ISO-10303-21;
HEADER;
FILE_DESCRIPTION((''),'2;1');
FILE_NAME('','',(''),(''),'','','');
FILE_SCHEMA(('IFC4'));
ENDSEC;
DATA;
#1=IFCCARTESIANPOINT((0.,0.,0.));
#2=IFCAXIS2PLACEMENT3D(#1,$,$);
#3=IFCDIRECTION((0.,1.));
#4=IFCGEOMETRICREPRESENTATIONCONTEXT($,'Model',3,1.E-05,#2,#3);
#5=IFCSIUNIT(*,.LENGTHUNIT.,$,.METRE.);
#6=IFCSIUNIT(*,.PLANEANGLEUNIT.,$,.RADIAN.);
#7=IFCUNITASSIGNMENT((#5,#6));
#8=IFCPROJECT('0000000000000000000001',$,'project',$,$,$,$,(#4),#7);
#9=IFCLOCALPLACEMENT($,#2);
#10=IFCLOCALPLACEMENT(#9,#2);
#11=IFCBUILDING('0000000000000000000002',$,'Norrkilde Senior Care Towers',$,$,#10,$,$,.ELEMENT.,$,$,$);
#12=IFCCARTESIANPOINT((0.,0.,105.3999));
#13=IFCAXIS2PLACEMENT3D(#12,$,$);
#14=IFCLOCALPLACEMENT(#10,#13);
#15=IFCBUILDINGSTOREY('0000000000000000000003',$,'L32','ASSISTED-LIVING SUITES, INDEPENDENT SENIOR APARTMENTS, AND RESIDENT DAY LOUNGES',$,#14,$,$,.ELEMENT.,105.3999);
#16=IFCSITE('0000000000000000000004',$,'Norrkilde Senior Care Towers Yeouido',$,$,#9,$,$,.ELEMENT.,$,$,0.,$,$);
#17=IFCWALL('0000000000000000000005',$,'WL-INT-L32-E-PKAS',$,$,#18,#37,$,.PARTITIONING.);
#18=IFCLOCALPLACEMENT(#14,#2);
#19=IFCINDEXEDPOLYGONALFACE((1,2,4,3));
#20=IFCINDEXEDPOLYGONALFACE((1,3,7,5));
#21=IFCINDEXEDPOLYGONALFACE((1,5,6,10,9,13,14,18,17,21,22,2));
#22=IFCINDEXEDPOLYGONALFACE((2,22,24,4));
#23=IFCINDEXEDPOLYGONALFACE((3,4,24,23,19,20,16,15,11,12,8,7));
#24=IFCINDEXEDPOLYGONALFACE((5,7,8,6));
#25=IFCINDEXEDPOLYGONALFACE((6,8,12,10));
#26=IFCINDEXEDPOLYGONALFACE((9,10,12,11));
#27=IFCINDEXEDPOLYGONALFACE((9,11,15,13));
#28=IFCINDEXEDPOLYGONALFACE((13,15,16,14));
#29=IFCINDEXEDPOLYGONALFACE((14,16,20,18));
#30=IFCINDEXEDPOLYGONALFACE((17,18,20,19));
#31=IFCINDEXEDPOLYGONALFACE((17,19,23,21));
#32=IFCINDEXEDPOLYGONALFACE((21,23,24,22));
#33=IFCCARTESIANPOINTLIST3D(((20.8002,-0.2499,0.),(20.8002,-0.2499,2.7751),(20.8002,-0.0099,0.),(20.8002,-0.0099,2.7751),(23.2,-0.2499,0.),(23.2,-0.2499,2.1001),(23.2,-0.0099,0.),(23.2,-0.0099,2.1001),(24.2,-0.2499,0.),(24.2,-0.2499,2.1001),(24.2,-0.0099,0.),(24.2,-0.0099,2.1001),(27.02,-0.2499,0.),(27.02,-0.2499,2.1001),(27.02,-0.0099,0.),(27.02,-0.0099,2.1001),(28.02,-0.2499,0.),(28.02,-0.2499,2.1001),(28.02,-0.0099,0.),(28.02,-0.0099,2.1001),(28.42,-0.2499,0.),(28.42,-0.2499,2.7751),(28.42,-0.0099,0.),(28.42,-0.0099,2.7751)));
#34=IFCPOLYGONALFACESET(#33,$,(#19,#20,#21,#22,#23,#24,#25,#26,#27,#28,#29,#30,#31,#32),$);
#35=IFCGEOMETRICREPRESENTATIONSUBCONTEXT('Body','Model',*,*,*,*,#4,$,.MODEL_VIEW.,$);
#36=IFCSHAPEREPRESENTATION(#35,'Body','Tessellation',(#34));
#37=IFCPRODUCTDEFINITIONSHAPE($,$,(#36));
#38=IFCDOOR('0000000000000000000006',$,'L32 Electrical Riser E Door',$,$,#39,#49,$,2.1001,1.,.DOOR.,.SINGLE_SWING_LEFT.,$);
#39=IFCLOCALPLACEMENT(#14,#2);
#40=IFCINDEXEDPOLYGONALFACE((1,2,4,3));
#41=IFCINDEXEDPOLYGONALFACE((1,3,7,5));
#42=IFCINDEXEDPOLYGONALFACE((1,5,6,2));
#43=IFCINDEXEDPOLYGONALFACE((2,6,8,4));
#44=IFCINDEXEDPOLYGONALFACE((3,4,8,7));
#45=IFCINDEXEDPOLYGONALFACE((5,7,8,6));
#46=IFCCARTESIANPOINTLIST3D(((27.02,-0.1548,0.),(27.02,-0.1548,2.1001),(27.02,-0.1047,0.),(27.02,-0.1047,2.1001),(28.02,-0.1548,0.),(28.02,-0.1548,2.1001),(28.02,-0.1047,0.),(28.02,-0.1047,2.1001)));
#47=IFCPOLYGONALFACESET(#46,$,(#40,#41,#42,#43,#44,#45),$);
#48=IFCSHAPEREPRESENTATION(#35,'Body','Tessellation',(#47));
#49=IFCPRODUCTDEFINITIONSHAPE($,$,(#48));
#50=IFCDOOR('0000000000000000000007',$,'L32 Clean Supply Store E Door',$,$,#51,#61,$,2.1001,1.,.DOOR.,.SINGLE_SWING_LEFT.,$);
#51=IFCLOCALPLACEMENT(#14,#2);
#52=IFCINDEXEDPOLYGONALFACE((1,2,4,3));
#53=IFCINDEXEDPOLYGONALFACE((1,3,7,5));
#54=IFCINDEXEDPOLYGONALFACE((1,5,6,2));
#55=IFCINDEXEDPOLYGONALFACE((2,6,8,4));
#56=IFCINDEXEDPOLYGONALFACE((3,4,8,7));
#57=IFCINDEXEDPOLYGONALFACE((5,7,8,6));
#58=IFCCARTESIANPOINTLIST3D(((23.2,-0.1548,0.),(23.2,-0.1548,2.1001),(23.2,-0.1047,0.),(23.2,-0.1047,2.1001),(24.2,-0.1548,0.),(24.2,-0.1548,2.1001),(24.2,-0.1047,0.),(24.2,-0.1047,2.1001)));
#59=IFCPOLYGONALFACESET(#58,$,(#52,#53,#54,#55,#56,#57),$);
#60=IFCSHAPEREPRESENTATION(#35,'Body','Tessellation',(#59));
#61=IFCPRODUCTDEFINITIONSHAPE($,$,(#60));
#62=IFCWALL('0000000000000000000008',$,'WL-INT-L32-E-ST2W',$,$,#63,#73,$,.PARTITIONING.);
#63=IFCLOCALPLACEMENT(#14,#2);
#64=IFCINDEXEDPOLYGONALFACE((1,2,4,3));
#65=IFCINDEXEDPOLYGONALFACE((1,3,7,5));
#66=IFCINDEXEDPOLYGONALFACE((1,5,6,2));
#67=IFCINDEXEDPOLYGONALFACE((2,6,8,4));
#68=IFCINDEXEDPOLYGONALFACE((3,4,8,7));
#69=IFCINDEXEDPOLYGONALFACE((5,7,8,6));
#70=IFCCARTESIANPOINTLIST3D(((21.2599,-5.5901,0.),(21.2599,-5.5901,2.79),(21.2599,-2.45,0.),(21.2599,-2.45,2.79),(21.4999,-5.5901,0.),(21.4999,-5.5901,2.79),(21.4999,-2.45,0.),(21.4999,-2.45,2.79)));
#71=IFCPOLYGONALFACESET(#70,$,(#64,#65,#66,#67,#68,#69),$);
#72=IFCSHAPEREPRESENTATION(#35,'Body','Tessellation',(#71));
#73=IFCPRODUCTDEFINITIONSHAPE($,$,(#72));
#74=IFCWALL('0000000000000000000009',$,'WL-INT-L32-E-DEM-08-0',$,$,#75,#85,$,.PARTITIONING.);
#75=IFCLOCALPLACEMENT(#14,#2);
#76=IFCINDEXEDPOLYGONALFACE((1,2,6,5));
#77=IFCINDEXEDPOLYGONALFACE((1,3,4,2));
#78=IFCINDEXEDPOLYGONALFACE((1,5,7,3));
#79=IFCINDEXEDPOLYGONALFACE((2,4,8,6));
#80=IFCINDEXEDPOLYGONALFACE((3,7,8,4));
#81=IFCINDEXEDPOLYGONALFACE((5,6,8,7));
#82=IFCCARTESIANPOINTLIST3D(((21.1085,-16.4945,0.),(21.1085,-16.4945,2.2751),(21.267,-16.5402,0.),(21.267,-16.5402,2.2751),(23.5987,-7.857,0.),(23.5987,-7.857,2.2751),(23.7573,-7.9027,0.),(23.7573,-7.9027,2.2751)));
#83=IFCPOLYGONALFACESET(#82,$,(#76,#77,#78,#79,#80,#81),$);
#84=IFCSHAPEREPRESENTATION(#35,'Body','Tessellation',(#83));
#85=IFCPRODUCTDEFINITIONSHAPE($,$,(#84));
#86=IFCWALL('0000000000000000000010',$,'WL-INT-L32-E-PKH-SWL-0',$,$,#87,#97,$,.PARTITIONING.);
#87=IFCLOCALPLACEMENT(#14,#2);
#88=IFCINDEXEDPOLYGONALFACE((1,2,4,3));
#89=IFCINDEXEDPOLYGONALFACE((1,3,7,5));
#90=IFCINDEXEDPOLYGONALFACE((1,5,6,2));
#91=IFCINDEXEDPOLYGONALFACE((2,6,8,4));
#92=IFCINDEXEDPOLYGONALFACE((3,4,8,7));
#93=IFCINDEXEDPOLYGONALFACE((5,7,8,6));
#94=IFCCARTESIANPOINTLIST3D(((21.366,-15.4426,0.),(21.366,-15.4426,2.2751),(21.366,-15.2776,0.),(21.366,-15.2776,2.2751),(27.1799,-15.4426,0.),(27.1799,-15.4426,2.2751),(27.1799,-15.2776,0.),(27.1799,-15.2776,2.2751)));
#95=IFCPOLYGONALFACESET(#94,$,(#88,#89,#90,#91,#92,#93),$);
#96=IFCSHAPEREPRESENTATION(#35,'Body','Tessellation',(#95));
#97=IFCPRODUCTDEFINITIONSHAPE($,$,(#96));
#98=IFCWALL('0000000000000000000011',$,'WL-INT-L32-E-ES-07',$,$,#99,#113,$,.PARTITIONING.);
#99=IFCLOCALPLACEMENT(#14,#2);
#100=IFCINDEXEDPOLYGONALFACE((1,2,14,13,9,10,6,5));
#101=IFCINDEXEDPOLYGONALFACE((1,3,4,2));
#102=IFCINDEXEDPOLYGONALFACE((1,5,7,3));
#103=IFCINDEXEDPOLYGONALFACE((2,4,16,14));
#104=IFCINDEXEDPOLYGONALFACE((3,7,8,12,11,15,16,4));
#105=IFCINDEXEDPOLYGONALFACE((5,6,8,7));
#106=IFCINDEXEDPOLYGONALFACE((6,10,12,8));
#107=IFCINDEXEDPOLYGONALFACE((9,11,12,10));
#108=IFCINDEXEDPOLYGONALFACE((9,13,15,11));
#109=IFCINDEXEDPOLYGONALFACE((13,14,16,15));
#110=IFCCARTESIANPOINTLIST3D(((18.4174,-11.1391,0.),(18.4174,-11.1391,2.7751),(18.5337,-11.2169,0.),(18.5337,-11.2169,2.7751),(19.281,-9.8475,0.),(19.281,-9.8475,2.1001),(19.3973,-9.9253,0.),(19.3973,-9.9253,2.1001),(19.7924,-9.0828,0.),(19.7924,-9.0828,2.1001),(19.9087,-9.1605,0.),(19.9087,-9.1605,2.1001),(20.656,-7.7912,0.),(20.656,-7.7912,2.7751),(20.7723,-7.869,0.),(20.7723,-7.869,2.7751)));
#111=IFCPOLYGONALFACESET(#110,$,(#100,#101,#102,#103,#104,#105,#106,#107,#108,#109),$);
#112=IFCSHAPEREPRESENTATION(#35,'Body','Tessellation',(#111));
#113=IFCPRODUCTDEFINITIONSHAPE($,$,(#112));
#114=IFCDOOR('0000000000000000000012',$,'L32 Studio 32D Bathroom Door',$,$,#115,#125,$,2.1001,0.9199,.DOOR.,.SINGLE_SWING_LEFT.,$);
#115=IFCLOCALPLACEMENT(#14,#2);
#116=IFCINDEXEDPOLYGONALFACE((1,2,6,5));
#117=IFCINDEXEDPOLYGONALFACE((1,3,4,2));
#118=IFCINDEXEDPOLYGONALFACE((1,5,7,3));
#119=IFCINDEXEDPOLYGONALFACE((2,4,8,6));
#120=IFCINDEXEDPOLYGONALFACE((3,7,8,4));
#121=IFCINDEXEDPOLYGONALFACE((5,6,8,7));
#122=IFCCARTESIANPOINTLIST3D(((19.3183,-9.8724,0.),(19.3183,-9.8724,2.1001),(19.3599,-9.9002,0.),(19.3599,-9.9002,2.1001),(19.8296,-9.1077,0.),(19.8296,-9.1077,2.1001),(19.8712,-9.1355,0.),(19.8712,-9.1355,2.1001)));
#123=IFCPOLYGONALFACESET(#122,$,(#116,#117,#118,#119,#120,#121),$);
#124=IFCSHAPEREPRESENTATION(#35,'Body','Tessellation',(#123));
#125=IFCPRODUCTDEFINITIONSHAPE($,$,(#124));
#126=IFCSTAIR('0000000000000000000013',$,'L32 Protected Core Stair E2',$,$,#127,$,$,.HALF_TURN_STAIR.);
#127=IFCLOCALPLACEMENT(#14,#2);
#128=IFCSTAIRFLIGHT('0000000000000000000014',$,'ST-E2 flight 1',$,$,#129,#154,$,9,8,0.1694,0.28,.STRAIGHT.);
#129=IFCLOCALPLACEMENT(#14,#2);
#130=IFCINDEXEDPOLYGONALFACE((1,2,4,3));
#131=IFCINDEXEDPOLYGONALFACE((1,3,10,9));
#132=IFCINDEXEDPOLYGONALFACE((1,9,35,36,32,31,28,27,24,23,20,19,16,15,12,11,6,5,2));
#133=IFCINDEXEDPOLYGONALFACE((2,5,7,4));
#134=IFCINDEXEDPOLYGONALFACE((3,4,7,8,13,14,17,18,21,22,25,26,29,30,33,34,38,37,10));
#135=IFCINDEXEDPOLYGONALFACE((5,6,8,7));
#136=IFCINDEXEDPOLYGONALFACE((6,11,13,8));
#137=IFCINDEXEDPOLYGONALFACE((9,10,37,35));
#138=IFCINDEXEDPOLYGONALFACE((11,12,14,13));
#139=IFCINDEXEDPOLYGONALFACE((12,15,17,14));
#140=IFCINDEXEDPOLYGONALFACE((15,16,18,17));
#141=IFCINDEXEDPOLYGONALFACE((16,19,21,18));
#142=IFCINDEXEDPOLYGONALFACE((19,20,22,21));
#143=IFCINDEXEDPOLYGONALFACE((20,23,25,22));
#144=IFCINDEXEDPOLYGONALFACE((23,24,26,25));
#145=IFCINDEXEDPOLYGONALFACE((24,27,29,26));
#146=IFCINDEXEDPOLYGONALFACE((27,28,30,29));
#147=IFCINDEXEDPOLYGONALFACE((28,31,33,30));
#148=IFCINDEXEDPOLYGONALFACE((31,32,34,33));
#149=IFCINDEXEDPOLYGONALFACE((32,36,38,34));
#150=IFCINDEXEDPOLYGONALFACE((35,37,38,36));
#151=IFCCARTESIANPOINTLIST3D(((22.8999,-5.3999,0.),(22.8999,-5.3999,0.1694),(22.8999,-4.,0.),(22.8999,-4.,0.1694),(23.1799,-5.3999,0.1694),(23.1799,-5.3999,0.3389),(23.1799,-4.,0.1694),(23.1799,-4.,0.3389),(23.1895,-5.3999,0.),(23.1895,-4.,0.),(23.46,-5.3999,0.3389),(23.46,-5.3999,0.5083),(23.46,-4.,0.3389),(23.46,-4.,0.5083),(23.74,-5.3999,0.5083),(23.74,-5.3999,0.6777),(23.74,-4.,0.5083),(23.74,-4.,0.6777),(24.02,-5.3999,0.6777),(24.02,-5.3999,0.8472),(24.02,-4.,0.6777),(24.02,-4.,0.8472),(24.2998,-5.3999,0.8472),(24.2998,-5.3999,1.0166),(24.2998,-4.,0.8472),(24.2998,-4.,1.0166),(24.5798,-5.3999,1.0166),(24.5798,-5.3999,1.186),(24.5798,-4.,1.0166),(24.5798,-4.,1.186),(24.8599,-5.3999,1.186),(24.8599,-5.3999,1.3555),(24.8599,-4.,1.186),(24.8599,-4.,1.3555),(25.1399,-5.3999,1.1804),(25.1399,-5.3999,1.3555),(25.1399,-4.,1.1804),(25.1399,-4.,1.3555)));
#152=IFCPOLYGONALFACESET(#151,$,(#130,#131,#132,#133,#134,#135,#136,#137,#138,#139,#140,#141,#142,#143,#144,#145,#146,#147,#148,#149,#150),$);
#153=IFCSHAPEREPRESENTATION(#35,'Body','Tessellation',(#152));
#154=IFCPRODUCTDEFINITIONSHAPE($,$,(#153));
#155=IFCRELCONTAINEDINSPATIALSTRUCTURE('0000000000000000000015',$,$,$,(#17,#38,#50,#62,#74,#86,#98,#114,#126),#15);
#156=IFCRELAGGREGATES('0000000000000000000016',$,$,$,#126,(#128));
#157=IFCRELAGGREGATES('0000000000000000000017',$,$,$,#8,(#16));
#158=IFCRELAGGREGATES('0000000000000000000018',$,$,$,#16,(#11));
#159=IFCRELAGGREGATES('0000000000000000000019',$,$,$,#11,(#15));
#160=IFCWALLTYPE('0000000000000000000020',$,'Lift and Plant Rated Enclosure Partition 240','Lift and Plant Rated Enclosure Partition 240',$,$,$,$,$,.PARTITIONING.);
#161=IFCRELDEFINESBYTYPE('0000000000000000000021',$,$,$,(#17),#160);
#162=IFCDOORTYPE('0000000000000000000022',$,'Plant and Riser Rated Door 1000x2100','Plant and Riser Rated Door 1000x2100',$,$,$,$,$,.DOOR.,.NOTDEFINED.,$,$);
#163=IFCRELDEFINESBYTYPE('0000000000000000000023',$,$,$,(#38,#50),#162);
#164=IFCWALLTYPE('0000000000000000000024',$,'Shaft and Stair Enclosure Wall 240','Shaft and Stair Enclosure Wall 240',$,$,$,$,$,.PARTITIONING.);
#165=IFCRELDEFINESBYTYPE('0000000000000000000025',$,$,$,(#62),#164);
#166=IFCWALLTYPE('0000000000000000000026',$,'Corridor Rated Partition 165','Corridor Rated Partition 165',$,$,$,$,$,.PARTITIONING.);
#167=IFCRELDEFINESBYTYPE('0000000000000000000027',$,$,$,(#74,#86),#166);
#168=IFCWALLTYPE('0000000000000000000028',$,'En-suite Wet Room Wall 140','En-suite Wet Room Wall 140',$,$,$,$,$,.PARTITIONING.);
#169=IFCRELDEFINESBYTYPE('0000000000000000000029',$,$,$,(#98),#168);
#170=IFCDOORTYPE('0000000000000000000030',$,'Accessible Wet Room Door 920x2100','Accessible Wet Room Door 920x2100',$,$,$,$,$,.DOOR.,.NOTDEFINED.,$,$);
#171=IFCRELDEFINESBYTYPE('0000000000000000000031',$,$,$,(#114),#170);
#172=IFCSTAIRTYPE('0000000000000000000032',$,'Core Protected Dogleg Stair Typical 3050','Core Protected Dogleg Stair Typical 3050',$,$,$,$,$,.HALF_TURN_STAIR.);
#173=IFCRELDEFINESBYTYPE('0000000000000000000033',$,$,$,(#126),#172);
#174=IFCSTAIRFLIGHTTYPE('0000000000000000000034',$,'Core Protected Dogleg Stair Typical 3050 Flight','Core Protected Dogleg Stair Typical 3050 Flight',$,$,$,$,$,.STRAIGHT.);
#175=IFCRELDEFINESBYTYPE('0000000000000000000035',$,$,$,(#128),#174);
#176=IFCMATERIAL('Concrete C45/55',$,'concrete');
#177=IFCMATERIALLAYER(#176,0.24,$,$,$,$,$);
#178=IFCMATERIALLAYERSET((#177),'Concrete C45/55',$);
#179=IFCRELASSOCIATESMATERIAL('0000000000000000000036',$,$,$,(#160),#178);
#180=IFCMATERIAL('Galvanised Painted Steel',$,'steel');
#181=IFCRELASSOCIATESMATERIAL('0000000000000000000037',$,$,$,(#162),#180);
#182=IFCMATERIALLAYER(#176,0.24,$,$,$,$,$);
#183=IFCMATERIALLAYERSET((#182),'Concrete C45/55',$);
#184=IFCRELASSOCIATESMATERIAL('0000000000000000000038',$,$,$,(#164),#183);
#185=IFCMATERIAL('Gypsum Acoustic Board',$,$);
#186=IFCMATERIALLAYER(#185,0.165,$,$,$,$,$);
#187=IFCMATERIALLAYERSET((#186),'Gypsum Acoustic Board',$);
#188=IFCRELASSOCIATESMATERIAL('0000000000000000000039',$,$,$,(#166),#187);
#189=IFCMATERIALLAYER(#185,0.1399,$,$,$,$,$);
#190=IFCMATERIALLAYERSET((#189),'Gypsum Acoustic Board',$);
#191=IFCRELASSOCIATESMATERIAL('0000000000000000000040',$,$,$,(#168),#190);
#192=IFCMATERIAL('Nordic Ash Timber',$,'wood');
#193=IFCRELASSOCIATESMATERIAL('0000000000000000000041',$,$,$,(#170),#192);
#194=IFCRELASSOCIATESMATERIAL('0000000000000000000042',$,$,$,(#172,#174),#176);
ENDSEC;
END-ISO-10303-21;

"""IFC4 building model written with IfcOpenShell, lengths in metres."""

from ifc_helpers import new_model, si_unit, direction, frame, frame_2d, origin, place, context, subcontext, project, spatial, polyline, rectangle, outline, extrude, source, transform, mapped, material, layer, layer_set, type_object, type_shapes, element, fill, aggregate, save


model = new_model("IFC4")

# Units and contexts
model_context = context("Model", 3, precision=1e-05, world=origin(), true_north=direction((0.0, 1.0)))
body_context = subcontext(model_context, "Body", "Model", "MODEL_VIEW")
ifc_project = project(units=[si_unit("LENGTHUNIT", "METRE"), si_unit("PLANEANGLEUNIT", "RADIAN")], contexts=[model_context])

# Site, building, storey
site_placement = place(None, origin())
site = spatial("IfcSite", under=ifc_project, at=site_placement, Name="Norrkilde Senior Care Towers Yeouido", CompositionType="ELEMENT", RefElevation=0.0)
building_placement = place(site_placement, origin())
building = spatial("IfcBuilding", under=site, at=building_placement, Name="Norrkilde Senior Care Towers", CompositionType="ELEMENT")
storey_placement = place(building_placement, frame((0.0, 0.0, 105.3999)))
storey = spatial("IfcBuildingStorey", under=building, at=storey_placement, Name="L32", Description="ASSISTED-LIVING SUITES, INDEPENDENT SENIOR APARTMENTS, AND RESIDENT DAY LOUNGES", CompositionType="ELEMENT", Elevation=105.3999)

# Shared definitions
ifc_material_1 = material(Name="Galvanised Painted Steel", Category="steel")

# Wall, openings, doors
ifc_material_2 = material(Name="Concrete C45/55", Category="concrete")
ifc_layer_1 = layer(ifc_material_2, 0.24)
ifc_layer_set_1 = layer_set([ifc_layer_1], Name="Concrete C45/55")
wall_type_1 = type_object("IfcWallType", Name="Lift and Plant Rated Enclosure Partition 240", Description="Lift and Plant Rated Enclosure Partition 240", PredefinedType="PARTITIONING", material=ifc_layer_set_1)
shared_shape_1 = source(origin(), body_context, "Body", "SweptSolid", [
    extrude(rectangle(XDim=7.6199, YDim=0.24, at=frame_2d((3.8101, 0.0))), origin(), (0.0, 0.0, 1.0), 2.7751),
])
type_shapes(wall_type_1, [shared_shape_1])
wall_1_placement = place(storey_placement, frame((20.8, -0.1299, 0.0), z_axis=(0.0, 0.0, 1.0), x_axis=(1.0, 0.0, 0.0)))
wall_1 = element("IfcWall", 1, at=wall_1_placement, inside=storey, type_object=wall_type_1, Name="WL-INT-L32-E-PKAS", PredefinedType="PARTITIONING", context=body_context, shape_type="MappedRepresentation", body=[
    mapped(shared_shape_1, transform((0.0, 0.0, 0.0), x_axis=(1.0, 0.0, 0.0), y_axis=(0.0, 1.0, 0.0), z_axis=(0.0, 0.0, 1.0), scale=1.0)),
])
opening_1_placement = place(wall_1_placement, frame((6.22, 0.0, 0.0)))
opening_1 = element("IfcOpeningElement", 2, at=opening_1_placement, cuts=wall_1, PredefinedType="OPENING", context=body_context, shape_type="SweptSolid", body=[
    extrude(rectangle(XDim=1.0, YDim=2.1001, at=frame_2d((0.5, 1.05))), frame((0.0, 0.1299, 0.0), z_axis=(0.0, -1.0, 0.0), x_axis=(1.0, 0.0, 0.0)), (0.0, 0.0, 1.0), 0.26),
])
opening_2_placement = place(wall_1_placement, frame((2.3999, 0.0, 0.0)))
opening_2 = element("IfcOpeningElement", 3, at=opening_2_placement, cuts=wall_1, PredefinedType="OPENING", context=body_context, shape_type="SweptSolid", body=[
    extrude(rectangle(XDim=1.0, YDim=2.1001, at=frame_2d((0.5, 1.05))), frame((0.0, 0.1299, 0.0), z_axis=(0.0, -1.0, 0.0), x_axis=(1.0, 0.0, 0.0)), (0.0, 0.0, 1.0), 0.26),
])
door_type_1 = type_object("IfcDoorType", Name="Plant and Riser Rated Door 1000x2100", Description="Plant and Riser Rated Door 1000x2100", OperationType="NOTDEFINED", PredefinedType="DOOR", material=ifc_material_1)
shared_shape_2 = source(origin(), body_context, "Body", "SweptSolid", [
    extrude(rectangle(XDim=1.0, YDim=2.1001, at=frame_2d((0.5, 1.05))), frame((0.0, 0.0249, 0.0), z_axis=(0.0, -1.0, 0.0), x_axis=(1.0, 0.0, 0.0)), (0.0, 0.0, 1.0), 0.05),
])
type_shapes(door_type_1, [shared_shape_2])
door_1_placement = place(opening_1_placement, frame((1.0, 0.0, 0.0), z_axis=(0.0, 0.0, 1.0), x_axis=(-1.0, 0.0, 0.0)))
door_1 = element("IfcDoor", 4, at=door_1_placement, inside=storey, type_object=door_type_1, Name="L32 Electrical Riser E Door", OperationType="SINGLE_SWING_LEFT", OverallHeight=2.1001, OverallWidth=1.0, PredefinedType="DOOR", context=body_context, shape_type="MappedRepresentation", body=[
    mapped(shared_shape_2, transform((0.0, 0.0, 0.0), x_axis=(1.0, 0.0, 0.0), y_axis=(0.0, 1.0, 0.0), z_axis=(0.0, 0.0, 1.0), scale=1.0)),
])
fill(opening_1, door_1)
door_2_placement = place(opening_2_placement, frame((1.0, 0.0, 0.0), z_axis=(0.0, 0.0, 1.0), x_axis=(-1.0, 0.0, 0.0)))
door_2 = element("IfcDoor", 5, at=door_2_placement, inside=storey, type_object=door_type_1, Name="L32 Clean Supply Store E Door", OperationType="SINGLE_SWING_LEFT", OverallHeight=2.1001, OverallWidth=1.0, PredefinedType="DOOR", context=body_context, shape_type="MappedRepresentation", body=[
    mapped(shared_shape_2, transform((0.0, 0.0, 0.0), x_axis=(1.0, 0.0, 0.0), y_axis=(0.0, 1.0, 0.0), z_axis=(0.0, 0.0, 1.0), scale=1.0)),
])
fill(opening_2, door_2)

# Shared definitions
ifc_layer_2 = layer(ifc_material_2, 0.24)
ifc_layer_set_2 = layer_set([ifc_layer_2], Name="Concrete C45/55")
wall_type_2 = type_object("IfcWallType", Name="Shaft and Stair Enclosure Wall 240", Description="Shaft and Stair Enclosure Wall 240", PredefinedType="PARTITIONING", material=ifc_layer_set_2)

# Walls
shared_shape_3 = source(origin(), body_context, "Body", "SweptSolid", [
    extrude(rectangle(XDim=3.1401, YDim=0.24, at=frame_2d((1.5701, 0.0))), origin(), (0.0, 0.0, 1.0), 2.79),
])
wall_2_placement = place(storey_placement, frame((21.3799, -5.5901, 0.0), z_axis=(0.0, 0.0, 1.0), x_axis=(0.0, 1.0, 0.0)))
element("IfcWall", 6, at=wall_2_placement, inside=storey, type_object=wall_type_2, Name="WL-INT-L32-E-ST2W", PredefinedType="PARTITIONING", context=body_context, shape_type="MappedRepresentation", body=[
    mapped(shared_shape_3, transform((0.0, 0.0, 0.0), x_axis=(1.0, 0.0, 0.0), y_axis=(0.0, 1.0, 0.0), z_axis=(0.0, 0.0, 1.0), scale=1.0)),
])
ifc_material_3 = material(Name="Gypsum Acoustic Board")
ifc_layer_3 = layer(ifc_material_3, 0.165)
ifc_layer_set_3 = layer_set([ifc_layer_3], Name="Gypsum Acoustic Board")
wall_type_3 = type_object("IfcWallType", Name="Corridor Rated Partition 165", Description="Corridor Rated Partition 165", PredefinedType="PARTITIONING", material=ifc_layer_set_3)
shared_shape_4 = source(origin(), body_context, "Body", "SweptSolid", [
    extrude(rectangle(XDim=8.9893, YDim=0.165, at=frame_2d((4.4946, 0.0))), origin(), (0.0, 0.0, 1.0), 2.2751),
])
wall_3_placement = place(storey_placement, frame((23.678, -7.8799, 0.0), z_axis=(0.0, 0.0, 1.0), x_axis=(-0.277023, -0.960863, 0.0)))
element("IfcWall", 7, at=wall_3_placement, inside=storey, type_object=wall_type_3, Name="WL-INT-L32-E-DEM-08-0", PredefinedType="PARTITIONING", context=body_context, shape_type="MappedRepresentation", body=[
    mapped(shared_shape_4, transform((0.0, 0.0, 0.0), x_axis=(1.0, 0.0, 0.0), y_axis=(0.0, 1.0, 0.0), z_axis=(0.0, 0.0, 1.0), scale=1.0)),
])
shared_shape_5 = source(origin(), body_context, "Body", "SweptSolid", [
    extrude(rectangle(XDim=5.814, YDim=0.165, at=frame_2d((2.907, 0.0))), origin(), (0.0, 0.0, 1.0), 2.2751),
])
type_shapes(wall_type_3, [shared_shape_4, shared_shape_5])
wall_4_placement = place(storey_placement, frame((21.366, -15.3601, 0.0), z_axis=(0.0, 0.0, 1.0), x_axis=(1.0, 0.0, 0.0)))
element("IfcWall", 8, at=wall_4_placement, inside=storey, type_object=wall_type_3, Name="WL-INT-L32-E-PKH-SWL-0", PredefinedType="PARTITIONING", context=body_context, shape_type="MappedRepresentation", body=[
    mapped(shared_shape_5, transform((0.0, 0.0, 0.0), x_axis=(1.0, 0.0, 0.0), y_axis=(0.0, 1.0, 0.0), z_axis=(0.0, 0.0, 1.0), scale=1.0)),
])

# Wall, opening, door
ifc_layer_4 = layer(ifc_material_3, 0.1399)
ifc_layer_set_4 = layer_set([ifc_layer_4], Name="Gypsum Acoustic Board")
wall_type_4 = type_object("IfcWallType", Name="En-suite Wet Room Wall 140", Description="En-suite Wet Room Wall 140", PredefinedType="PARTITIONING", material=ifc_layer_set_4)
shared_shape_6 = source(origin(), body_context, "Body", "SweptSolid", [
    extrude(rectangle(XDim=4.0273, YDim=0.1399, at=frame_2d((2.0137, 0.0))), origin(), (0.0, 0.0, 1.0), 2.7751),
])
type_shapes(wall_type_4, [shared_shape_6])
wall_5_placement = place(storey_placement, frame((20.7141, -7.8301, 0.0), z_axis=(0.0, 0.0, 1.0), x_axis=(-0.555833, -0.831294, 0.0)))
wall_5 = element("IfcWall", 9, at=wall_5_placement, inside=storey, type_object=wall_type_4, Name="WL-INT-L32-E-ES-07", PredefinedType="PARTITIONING", context=body_context, shape_type="MappedRepresentation", body=[
    mapped(shared_shape_6, transform((0.0, 0.0, 0.0), x_axis=(1.0, 0.0, 0.0), y_axis=(0.0, 1.0, 0.0), z_axis=(0.0, 0.0, 1.0), scale=1.0)),
])
opening_3_placement = place(wall_5_placement, frame((1.5537, 0.0, 0.0)))
opening_3 = element("IfcOpeningElement", 10, at=opening_3_placement, cuts=wall_5, PredefinedType="OPENING", context=body_context, shape_type="SweptSolid", body=[
    extrude(rectangle(XDim=0.9199, YDim=2.1001, at=frame_2d((0.46, 1.05))), frame((0.0, 0.0798, 0.0), z_axis=(0.0, -1.0, 0.0), x_axis=(1.0, 0.0, 0.0)), (0.0, 0.0, 1.0), 0.1599),
])
ifc_material_4 = material(Name="Nordic Ash Timber", Category="wood")
door_type_2 = type_object("IfcDoorType", Name="Accessible Wet Room Door 920x2100", Description="Accessible Wet Room Door 920x2100", OperationType="NOTDEFINED", PredefinedType="DOOR", material=ifc_material_4)
shared_shape_7 = source(origin(), body_context, "Body", "SweptSolid", [
    extrude(rectangle(XDim=0.9199, YDim=2.1001, at=frame_2d((0.46, 1.05))), frame((0.0, 0.0249, 0.0), z_axis=(0.0, -1.0, 0.0), x_axis=(1.0, 0.0, 0.0)), (0.0, 0.0, 1.0), 0.05),
])
type_shapes(door_type_2, [shared_shape_7])
door_3_placement = place(opening_3_placement, origin())
door_3 = element("IfcDoor", 11, at=door_3_placement, inside=storey, type_object=door_type_2, Name="L32 Studio 32D Bathroom Door", OperationType="SINGLE_SWING_LEFT", OverallHeight=2.1001, OverallWidth=0.9199, PredefinedType="DOOR", context=body_context, shape_type="MappedRepresentation", body=[
    mapped(shared_shape_7, transform((0.0, 0.0, 0.0), x_axis=(1.0, 0.0, 0.0), y_axis=(0.0, 1.0, 0.0), z_axis=(0.0, 0.0, 1.0), scale=1.0)),
])
fill(opening_3, door_3)

# Stair, stair flight
stair_type = type_object("IfcStairType", Name="Core Protected Dogleg Stair Typical 3050", Description="Core Protected Dogleg Stair Typical 3050", PredefinedType="HALF_TURN_STAIR", material=ifc_material_2)
stair_placement = place(storey_placement, origin())
stair = element("IfcStair", 12, at=stair_placement, inside=storey, type_object=stair_type, Name="L32 Protected Core Stair E2", PredefinedType="HALF_TURN_STAIR")
stair_flight_type = type_object("IfcStairFlightType", Name="Core Protected Dogleg Stair Typical 3050 Flight", Description="Core Protected Dogleg Stair Typical 3050 Flight", PredefinedType="STRAIGHT", material=ifc_material_2)
stair_flight_1_placement = place(storey_placement, frame((22.8999, -4.7, 0.0), z_axis=(0.0, 0.0, 1.0), x_axis=(1.0, 0.0, 0.0)))
stair_flight_1 = element("IfcStairFlight", 13, at=stair_flight_1_placement, type_object=stair_flight_type, Name="ST-E2 flight 1", NumberOfRisers=9, NumberOfTreads=8, PredefinedType="STRAIGHT", RiserHeight=0.1694, TreadLength=0.28, context=body_context, shape_type="SweptSolid", body=[
    extrude(outline(polyline([(0.0, 0.0), (0.0, 0.1694), (0.28, 0.1694), (0.28, 0.3389), (0.5601, 0.3389), (0.5601, 0.5083), (0.8401, 0.5083), (0.8401, 0.6777), (1.1201, 0.6777), (1.1201, 0.8472), (1.3999, 0.8472), (1.3999, 1.0166), (1.6799, 1.0166), (1.6799, 1.186), (1.96, 1.186), (1.96, 1.3555), (2.24, 1.3555), (2.24, 1.5249), (2.24, 1.1804), (0.2896, 0.0), (0.0, 0.0)])), frame((0.0, 0.7, 0.0), z_axis=(0.0, -1.0, 0.0), x_axis=(1.0, 0.0, 0.0)), (0.0, 0.0, 1.0), 1.3999),
])
aggregate(stair, [stair_flight_1])

save(model, "model.ifc")
